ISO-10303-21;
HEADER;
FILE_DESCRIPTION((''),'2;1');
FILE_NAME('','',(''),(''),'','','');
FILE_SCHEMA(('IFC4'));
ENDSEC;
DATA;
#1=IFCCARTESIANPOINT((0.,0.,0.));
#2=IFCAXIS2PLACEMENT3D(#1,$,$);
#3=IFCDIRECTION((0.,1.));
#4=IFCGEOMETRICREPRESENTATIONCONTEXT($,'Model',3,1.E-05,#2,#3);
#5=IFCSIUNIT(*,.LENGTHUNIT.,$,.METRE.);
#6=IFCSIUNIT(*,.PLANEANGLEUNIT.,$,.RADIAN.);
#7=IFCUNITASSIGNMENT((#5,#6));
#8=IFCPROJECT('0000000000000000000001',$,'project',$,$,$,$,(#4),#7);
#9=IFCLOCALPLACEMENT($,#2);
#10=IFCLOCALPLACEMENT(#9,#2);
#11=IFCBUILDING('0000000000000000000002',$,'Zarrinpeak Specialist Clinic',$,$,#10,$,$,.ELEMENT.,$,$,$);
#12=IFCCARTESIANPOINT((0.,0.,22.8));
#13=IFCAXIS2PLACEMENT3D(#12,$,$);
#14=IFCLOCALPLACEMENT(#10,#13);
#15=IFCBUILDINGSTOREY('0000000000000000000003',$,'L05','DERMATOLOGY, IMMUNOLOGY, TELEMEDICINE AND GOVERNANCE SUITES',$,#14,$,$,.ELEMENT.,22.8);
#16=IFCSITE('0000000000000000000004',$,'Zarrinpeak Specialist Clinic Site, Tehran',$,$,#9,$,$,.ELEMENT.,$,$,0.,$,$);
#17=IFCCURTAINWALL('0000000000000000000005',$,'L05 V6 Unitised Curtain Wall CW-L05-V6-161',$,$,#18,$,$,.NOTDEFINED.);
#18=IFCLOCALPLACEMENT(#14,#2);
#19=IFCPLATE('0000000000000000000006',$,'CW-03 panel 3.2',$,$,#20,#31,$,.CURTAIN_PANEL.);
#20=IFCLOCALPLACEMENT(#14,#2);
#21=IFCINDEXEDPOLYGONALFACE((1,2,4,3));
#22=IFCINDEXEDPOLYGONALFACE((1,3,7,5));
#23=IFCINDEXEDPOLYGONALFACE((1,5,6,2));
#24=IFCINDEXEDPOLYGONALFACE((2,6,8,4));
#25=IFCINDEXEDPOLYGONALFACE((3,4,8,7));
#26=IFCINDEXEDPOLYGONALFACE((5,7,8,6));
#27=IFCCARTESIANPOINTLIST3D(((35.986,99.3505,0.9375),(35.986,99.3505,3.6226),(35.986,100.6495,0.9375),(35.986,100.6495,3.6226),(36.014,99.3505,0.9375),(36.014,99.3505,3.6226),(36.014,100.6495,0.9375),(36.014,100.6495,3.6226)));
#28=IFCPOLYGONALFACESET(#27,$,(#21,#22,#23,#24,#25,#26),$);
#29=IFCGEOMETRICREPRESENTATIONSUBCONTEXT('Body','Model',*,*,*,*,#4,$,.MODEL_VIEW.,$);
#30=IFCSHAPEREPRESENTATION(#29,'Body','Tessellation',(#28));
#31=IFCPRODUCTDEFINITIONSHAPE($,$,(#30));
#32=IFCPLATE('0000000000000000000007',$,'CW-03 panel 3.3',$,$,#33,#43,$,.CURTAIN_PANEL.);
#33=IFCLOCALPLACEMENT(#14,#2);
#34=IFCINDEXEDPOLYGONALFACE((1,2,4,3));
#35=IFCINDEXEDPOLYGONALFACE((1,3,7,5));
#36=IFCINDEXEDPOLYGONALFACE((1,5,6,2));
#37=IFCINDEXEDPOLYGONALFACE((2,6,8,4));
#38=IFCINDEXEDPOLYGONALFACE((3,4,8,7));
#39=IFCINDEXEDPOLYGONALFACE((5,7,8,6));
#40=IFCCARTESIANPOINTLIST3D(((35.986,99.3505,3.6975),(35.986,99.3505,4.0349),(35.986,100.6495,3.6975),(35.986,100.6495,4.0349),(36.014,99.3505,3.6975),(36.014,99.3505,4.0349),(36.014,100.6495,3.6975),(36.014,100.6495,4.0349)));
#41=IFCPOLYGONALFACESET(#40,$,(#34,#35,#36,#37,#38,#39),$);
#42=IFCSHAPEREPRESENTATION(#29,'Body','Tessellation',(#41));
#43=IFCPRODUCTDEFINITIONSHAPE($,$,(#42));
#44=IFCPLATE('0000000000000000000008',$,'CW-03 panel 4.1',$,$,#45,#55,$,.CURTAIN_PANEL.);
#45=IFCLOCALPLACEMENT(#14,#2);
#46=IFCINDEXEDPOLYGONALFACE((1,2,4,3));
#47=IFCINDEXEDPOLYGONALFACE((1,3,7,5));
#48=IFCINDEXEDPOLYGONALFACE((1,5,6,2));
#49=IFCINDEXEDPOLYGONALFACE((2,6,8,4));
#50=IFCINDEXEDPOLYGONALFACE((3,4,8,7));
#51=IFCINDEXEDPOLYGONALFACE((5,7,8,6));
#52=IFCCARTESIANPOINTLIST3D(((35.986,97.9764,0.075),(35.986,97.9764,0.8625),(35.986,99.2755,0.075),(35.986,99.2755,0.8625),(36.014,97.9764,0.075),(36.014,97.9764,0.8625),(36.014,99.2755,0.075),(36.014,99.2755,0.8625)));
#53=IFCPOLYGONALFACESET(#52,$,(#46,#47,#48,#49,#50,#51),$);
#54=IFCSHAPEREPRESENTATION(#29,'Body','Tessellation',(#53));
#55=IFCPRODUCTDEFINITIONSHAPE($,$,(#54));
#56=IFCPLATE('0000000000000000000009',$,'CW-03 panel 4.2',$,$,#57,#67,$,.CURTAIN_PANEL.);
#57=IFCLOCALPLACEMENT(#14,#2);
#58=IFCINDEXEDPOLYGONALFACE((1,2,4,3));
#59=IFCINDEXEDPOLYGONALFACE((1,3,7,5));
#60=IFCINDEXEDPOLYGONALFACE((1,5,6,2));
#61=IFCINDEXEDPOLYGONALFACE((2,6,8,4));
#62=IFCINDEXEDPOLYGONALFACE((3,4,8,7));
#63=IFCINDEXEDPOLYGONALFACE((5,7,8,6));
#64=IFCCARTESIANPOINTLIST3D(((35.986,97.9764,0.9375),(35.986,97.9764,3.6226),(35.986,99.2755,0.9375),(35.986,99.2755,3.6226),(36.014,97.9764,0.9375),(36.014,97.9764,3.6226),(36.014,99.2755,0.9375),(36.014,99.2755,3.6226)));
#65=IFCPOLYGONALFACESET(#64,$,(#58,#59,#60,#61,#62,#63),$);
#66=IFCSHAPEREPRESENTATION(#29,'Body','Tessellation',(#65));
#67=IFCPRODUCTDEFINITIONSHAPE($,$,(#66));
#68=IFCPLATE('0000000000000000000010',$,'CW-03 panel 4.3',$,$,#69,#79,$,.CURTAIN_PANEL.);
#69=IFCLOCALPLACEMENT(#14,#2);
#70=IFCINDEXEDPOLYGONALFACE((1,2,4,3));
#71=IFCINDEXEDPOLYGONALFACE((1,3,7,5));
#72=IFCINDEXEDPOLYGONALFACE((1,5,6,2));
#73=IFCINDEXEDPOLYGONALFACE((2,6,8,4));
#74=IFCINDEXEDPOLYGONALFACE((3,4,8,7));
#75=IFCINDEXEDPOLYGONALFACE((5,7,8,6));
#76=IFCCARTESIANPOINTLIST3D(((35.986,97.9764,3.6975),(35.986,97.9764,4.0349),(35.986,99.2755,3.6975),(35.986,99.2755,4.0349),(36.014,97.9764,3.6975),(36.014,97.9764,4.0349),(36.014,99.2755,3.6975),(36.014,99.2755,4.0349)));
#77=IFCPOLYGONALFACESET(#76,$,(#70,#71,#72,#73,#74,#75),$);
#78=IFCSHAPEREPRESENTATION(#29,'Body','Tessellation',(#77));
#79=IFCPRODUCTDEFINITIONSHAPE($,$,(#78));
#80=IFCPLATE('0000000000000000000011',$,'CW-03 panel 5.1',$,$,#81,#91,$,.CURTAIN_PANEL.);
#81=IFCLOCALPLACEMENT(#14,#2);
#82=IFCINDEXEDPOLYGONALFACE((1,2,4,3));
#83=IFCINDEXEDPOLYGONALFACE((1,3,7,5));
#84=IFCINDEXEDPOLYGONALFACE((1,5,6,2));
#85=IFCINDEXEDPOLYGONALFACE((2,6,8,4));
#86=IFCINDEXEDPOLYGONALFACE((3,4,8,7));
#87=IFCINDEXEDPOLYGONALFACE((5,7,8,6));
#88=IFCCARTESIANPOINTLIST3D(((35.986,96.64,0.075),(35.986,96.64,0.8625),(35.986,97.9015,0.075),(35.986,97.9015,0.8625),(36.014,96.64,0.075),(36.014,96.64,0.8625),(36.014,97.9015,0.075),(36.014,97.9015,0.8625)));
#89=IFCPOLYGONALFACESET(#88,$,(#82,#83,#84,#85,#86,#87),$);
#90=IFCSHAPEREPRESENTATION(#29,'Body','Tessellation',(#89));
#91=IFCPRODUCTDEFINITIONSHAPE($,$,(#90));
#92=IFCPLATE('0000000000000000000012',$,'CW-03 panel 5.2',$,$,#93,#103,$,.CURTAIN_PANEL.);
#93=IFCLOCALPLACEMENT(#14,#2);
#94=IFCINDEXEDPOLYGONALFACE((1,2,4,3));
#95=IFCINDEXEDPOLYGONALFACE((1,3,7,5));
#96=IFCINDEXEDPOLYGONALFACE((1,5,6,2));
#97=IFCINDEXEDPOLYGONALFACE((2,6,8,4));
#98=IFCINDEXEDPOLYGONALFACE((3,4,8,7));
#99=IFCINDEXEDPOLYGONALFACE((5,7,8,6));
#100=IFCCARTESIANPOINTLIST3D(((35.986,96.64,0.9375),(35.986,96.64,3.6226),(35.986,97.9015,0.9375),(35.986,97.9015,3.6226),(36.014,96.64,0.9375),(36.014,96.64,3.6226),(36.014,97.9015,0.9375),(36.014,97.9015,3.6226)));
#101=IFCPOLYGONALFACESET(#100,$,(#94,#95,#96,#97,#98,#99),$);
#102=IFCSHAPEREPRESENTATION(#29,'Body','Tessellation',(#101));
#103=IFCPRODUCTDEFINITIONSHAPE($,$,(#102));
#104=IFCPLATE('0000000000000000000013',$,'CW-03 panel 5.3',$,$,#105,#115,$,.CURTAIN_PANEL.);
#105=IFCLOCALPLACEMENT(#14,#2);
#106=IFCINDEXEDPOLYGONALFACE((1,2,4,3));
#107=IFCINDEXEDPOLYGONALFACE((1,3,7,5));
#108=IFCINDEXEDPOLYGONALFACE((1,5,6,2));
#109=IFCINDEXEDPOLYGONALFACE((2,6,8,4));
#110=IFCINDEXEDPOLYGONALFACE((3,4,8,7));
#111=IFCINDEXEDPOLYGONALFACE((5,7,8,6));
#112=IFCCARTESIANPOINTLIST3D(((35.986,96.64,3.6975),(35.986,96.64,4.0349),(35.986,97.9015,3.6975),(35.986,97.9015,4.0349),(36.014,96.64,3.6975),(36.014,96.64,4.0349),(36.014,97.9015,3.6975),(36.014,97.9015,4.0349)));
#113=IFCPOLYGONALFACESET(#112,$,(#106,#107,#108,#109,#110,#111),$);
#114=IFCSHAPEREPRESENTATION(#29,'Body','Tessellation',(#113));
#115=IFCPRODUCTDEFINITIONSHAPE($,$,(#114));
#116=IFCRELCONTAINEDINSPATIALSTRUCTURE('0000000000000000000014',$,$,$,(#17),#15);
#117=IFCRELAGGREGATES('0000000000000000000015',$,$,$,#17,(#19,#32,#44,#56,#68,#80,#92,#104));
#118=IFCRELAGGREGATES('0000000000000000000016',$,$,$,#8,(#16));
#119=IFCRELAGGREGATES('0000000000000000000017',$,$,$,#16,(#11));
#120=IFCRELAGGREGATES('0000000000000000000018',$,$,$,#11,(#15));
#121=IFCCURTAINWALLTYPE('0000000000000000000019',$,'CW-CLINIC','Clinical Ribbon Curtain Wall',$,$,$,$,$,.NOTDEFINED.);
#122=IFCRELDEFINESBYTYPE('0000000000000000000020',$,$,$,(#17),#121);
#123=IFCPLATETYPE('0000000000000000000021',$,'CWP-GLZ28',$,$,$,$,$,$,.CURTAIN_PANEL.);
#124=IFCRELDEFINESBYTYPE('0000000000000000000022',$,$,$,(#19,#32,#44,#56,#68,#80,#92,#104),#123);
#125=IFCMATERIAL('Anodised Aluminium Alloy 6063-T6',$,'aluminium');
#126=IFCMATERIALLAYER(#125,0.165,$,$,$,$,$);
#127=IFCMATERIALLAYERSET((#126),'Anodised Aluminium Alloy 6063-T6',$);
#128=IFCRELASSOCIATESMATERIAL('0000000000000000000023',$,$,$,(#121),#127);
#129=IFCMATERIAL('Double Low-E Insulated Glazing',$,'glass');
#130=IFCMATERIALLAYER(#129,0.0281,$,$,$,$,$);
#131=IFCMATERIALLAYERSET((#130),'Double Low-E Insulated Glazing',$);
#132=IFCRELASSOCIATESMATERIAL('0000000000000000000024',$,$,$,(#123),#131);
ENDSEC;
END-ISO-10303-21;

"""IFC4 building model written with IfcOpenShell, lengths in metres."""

from ifc_helpers import new_model, si_unit, direction, frame, origin, origin_2d, place, context, subcontext, project, spatial, rectangle, extrude, material, layer, layer_set, type_object, element, aggregate, save


model = new_model("IFC4")

# Units and contexts
model_context = context("Model", 3, precision=1e-05, world=origin(), true_north=direction((0.0, 1.0)))
body_context = subcontext(model_context, "Body", "Model", "MODEL_VIEW")
ifc_project = project(units=[si_unit("LENGTHUNIT", "METRE"), si_unit("PLANEANGLEUNIT", "RADIAN")], contexts=[model_context])

# Site, building, storey
site_placement = place(None, origin())
site = spatial("IfcSite", under=ifc_project, at=site_placement, Name="Zarrinpeak Specialist Clinic Site, Tehran", CompositionType="ELEMENT", RefElevation=0.0)
building_placement = place(site_placement, origin())
building = spatial("IfcBuilding", under=site, at=building_placement, Name="Zarrinpeak Specialist Clinic", CompositionType="ELEMENT")
storey_placement = place(building_placement, frame((0.0, 0.0, 22.8)))
storey = spatial("IfcBuildingStorey", under=building, at=storey_placement, Name="L05", Description="DERMATOLOGY, IMMUNOLOGY, TELEMEDICINE AND GOVERNANCE SUITES", CompositionType="ELEMENT", Elevation=22.8)

# Curtain wall, plates
ifc_material_1 = material(Name="Anodised Aluminium Alloy 6063-T6", Category="aluminium")
ifc_layer_1 = layer(ifc_material_1, 0.165)
ifc_layer_set_1 = layer_set([ifc_layer_1], Name="Anodised Aluminium Alloy 6063-T6")
curtain_wall_type = type_object("IfcCurtainWallType", Name="CW-CLINIC", Description="Clinical Ribbon Curtain Wall", PredefinedType="NOTDEFINED", material=ifc_layer_set_1)
curtain_wall_placement = place(storey_placement, origin())
curtain_wall = element("IfcCurtainWall", 1, at=curtain_wall_placement, inside=storey, type_object=curtain_wall_type, Name="L05 V6 Unitised Curtain Wall CW-L05-V6-161", PredefinedType="NOTDEFINED")
ifc_material_2 = material(Name="Double Low-E Insulated Glazing", Category="glass")
ifc_layer_2 = layer(ifc_material_2, 0.0281)
ifc_layer_set_2 = layer_set([ifc_layer_2], Name="Double Low-E Insulated Glazing")
plate_type = type_object("IfcPlateType", Name="CWP-GLZ28", PredefinedType="CURTAIN_PANEL", material=ifc_layer_set_2)
plate_1_placement = place(storey_placement, frame((36.0, 100.0, 0.9375), z_axis=(0.0, 0.0, 1.0), x_axis=(0.0, -1.0, 0.0)))
plate_1 = element("IfcPlate", 2, at=plate_1_placement, type_object=plate_type, Name="CW-03 panel 3.2", PredefinedType="CURTAIN_PANEL", context=body_context, shape_type="SweptSolid", body=[
    extrude(rectangle(XDim=1.2991, YDim=0.0281, at=origin_2d()), origin(), (0.0, 0.0, 1.0), 2.6851),
])
plate_2_placement = place(storey_placement, frame((36.0, 100.0, 3.6975), z_axis=(0.0, 0.0, 1.0), x_axis=(0.0, -1.0, 0.0)))
plate_2 = element("IfcPlate", 3, at=plate_2_placement, type_object=plate_type, Name="CW-03 panel 3.3", PredefinedType="CURTAIN_PANEL", context=body_context, shape_type="SweptSolid", body=[
    extrude(rectangle(XDim=1.2991, YDim=0.0281, at=origin_2d()), origin(), (0.0, 0.0, 1.0), 0.3374),
])
plate_3_placement = place(storey_placement, frame((36.0, 98.626, 0.075), z_axis=(0.0, 0.0, 1.0), x_axis=(0.0, -1.0, 0.0)))
plate_3 = element("IfcPlate", 4, at=plate_3_placement, type_object=plate_type, Name="CW-03 panel 4.1", PredefinedType="CURTAIN_PANEL", context=body_context, shape_type="SweptSolid", body=[
    extrude(rectangle(XDim=1.2991, YDim=0.0281, at=origin_2d()), origin(), (0.0, 0.0, 1.0), 0.7876),
])
plate_4_placement = place(storey_placement, frame((36.0, 98.626, 0.9375), z_axis=(0.0, 0.0, 1.0), x_axis=(0.0, -1.0, 0.0)))
plate_4 = element("IfcPlate", 5, at=plate_4_placement, type_object=plate_type, Name="CW-03 panel 4.2", PredefinedType="CURTAIN_PANEL", context=body_context, shape_type="SweptSolid", body=[
    extrude(rectangle(XDim=1.2991, YDim=0.0281, at=origin_2d()), origin(), (0.0, 0.0, 1.0), 2.6851),
])
plate_5_placement = place(storey_placement, frame((36.0, 98.626, 3.6975), z_axis=(0.0, 0.0, 1.0), x_axis=(0.0, -1.0, 0.0)))
plate_5 = element("IfcPlate", 6, at=plate_5_placement, type_object=plate_type, Name="CW-03 panel 4.3", PredefinedType="CURTAIN_PANEL", context=body_context, shape_type="SweptSolid", body=[
    extrude(rectangle(XDim=1.2991, YDim=0.0281, at=origin_2d()), origin(), (0.0, 0.0, 1.0), 0.3374),
])
plate_6_placement = place(storey_placement, frame((36.0, 97.2708, 0.075), z_axis=(0.0, 0.0, 1.0), x_axis=(0.0, -1.0, 0.0)))
plate_6 = element("IfcPlate", 7, at=plate_6_placement, type_object=plate_type, Name="CW-03 panel 5.1", PredefinedType="CURTAIN_PANEL", context=body_context, shape_type="SweptSolid", body=[
    extrude(rectangle(XDim=1.2615, YDim=0.0281, at=origin_2d()), origin(), (0.0, 0.0, 1.0), 0.7876),
])
plate_7_placement = place(storey_placement, frame((36.0, 97.2708, 0.9375), z_axis=(0.0, 0.0, 1.0), x_axis=(0.0, -1.0, 0.0)))
plate_7 = element("IfcPlate", 8, at=plate_7_placement, type_object=plate_type, Name="CW-03 panel 5.2", PredefinedType="CURTAIN_PANEL", context=body_context, shape_type="SweptSolid", body=[
    extrude(rectangle(XDim=1.2615, YDim=0.0281, at=origin_2d()), origin(), (0.0, 0.0, 1.0), 2.6851),
])
plate_8_placement = place(storey_placement, frame((36.0, 97.2708, 3.6975), z_axis=(0.0, 0.0, 1.0), x_axis=(0.0, -1.0, 0.0)))
plate_8 = element("IfcPlate", 9, at=plate_8_placement, type_object=plate_type, Name="CW-03 panel 5.3", PredefinedType="CURTAIN_PANEL", context=body_context, shape_type="SweptSolid", body=[
    extrude(rectangle(XDim=1.2615, YDim=0.0281, at=origin_2d()), origin(), (0.0, 0.0, 1.0), 0.3374),
])
aggregate(curtain_wall, [plate_1, plate_2, plate_3, plate_4, plate_5, plate_6, plate_7, plate_8])

save(model, "model.ifc")
